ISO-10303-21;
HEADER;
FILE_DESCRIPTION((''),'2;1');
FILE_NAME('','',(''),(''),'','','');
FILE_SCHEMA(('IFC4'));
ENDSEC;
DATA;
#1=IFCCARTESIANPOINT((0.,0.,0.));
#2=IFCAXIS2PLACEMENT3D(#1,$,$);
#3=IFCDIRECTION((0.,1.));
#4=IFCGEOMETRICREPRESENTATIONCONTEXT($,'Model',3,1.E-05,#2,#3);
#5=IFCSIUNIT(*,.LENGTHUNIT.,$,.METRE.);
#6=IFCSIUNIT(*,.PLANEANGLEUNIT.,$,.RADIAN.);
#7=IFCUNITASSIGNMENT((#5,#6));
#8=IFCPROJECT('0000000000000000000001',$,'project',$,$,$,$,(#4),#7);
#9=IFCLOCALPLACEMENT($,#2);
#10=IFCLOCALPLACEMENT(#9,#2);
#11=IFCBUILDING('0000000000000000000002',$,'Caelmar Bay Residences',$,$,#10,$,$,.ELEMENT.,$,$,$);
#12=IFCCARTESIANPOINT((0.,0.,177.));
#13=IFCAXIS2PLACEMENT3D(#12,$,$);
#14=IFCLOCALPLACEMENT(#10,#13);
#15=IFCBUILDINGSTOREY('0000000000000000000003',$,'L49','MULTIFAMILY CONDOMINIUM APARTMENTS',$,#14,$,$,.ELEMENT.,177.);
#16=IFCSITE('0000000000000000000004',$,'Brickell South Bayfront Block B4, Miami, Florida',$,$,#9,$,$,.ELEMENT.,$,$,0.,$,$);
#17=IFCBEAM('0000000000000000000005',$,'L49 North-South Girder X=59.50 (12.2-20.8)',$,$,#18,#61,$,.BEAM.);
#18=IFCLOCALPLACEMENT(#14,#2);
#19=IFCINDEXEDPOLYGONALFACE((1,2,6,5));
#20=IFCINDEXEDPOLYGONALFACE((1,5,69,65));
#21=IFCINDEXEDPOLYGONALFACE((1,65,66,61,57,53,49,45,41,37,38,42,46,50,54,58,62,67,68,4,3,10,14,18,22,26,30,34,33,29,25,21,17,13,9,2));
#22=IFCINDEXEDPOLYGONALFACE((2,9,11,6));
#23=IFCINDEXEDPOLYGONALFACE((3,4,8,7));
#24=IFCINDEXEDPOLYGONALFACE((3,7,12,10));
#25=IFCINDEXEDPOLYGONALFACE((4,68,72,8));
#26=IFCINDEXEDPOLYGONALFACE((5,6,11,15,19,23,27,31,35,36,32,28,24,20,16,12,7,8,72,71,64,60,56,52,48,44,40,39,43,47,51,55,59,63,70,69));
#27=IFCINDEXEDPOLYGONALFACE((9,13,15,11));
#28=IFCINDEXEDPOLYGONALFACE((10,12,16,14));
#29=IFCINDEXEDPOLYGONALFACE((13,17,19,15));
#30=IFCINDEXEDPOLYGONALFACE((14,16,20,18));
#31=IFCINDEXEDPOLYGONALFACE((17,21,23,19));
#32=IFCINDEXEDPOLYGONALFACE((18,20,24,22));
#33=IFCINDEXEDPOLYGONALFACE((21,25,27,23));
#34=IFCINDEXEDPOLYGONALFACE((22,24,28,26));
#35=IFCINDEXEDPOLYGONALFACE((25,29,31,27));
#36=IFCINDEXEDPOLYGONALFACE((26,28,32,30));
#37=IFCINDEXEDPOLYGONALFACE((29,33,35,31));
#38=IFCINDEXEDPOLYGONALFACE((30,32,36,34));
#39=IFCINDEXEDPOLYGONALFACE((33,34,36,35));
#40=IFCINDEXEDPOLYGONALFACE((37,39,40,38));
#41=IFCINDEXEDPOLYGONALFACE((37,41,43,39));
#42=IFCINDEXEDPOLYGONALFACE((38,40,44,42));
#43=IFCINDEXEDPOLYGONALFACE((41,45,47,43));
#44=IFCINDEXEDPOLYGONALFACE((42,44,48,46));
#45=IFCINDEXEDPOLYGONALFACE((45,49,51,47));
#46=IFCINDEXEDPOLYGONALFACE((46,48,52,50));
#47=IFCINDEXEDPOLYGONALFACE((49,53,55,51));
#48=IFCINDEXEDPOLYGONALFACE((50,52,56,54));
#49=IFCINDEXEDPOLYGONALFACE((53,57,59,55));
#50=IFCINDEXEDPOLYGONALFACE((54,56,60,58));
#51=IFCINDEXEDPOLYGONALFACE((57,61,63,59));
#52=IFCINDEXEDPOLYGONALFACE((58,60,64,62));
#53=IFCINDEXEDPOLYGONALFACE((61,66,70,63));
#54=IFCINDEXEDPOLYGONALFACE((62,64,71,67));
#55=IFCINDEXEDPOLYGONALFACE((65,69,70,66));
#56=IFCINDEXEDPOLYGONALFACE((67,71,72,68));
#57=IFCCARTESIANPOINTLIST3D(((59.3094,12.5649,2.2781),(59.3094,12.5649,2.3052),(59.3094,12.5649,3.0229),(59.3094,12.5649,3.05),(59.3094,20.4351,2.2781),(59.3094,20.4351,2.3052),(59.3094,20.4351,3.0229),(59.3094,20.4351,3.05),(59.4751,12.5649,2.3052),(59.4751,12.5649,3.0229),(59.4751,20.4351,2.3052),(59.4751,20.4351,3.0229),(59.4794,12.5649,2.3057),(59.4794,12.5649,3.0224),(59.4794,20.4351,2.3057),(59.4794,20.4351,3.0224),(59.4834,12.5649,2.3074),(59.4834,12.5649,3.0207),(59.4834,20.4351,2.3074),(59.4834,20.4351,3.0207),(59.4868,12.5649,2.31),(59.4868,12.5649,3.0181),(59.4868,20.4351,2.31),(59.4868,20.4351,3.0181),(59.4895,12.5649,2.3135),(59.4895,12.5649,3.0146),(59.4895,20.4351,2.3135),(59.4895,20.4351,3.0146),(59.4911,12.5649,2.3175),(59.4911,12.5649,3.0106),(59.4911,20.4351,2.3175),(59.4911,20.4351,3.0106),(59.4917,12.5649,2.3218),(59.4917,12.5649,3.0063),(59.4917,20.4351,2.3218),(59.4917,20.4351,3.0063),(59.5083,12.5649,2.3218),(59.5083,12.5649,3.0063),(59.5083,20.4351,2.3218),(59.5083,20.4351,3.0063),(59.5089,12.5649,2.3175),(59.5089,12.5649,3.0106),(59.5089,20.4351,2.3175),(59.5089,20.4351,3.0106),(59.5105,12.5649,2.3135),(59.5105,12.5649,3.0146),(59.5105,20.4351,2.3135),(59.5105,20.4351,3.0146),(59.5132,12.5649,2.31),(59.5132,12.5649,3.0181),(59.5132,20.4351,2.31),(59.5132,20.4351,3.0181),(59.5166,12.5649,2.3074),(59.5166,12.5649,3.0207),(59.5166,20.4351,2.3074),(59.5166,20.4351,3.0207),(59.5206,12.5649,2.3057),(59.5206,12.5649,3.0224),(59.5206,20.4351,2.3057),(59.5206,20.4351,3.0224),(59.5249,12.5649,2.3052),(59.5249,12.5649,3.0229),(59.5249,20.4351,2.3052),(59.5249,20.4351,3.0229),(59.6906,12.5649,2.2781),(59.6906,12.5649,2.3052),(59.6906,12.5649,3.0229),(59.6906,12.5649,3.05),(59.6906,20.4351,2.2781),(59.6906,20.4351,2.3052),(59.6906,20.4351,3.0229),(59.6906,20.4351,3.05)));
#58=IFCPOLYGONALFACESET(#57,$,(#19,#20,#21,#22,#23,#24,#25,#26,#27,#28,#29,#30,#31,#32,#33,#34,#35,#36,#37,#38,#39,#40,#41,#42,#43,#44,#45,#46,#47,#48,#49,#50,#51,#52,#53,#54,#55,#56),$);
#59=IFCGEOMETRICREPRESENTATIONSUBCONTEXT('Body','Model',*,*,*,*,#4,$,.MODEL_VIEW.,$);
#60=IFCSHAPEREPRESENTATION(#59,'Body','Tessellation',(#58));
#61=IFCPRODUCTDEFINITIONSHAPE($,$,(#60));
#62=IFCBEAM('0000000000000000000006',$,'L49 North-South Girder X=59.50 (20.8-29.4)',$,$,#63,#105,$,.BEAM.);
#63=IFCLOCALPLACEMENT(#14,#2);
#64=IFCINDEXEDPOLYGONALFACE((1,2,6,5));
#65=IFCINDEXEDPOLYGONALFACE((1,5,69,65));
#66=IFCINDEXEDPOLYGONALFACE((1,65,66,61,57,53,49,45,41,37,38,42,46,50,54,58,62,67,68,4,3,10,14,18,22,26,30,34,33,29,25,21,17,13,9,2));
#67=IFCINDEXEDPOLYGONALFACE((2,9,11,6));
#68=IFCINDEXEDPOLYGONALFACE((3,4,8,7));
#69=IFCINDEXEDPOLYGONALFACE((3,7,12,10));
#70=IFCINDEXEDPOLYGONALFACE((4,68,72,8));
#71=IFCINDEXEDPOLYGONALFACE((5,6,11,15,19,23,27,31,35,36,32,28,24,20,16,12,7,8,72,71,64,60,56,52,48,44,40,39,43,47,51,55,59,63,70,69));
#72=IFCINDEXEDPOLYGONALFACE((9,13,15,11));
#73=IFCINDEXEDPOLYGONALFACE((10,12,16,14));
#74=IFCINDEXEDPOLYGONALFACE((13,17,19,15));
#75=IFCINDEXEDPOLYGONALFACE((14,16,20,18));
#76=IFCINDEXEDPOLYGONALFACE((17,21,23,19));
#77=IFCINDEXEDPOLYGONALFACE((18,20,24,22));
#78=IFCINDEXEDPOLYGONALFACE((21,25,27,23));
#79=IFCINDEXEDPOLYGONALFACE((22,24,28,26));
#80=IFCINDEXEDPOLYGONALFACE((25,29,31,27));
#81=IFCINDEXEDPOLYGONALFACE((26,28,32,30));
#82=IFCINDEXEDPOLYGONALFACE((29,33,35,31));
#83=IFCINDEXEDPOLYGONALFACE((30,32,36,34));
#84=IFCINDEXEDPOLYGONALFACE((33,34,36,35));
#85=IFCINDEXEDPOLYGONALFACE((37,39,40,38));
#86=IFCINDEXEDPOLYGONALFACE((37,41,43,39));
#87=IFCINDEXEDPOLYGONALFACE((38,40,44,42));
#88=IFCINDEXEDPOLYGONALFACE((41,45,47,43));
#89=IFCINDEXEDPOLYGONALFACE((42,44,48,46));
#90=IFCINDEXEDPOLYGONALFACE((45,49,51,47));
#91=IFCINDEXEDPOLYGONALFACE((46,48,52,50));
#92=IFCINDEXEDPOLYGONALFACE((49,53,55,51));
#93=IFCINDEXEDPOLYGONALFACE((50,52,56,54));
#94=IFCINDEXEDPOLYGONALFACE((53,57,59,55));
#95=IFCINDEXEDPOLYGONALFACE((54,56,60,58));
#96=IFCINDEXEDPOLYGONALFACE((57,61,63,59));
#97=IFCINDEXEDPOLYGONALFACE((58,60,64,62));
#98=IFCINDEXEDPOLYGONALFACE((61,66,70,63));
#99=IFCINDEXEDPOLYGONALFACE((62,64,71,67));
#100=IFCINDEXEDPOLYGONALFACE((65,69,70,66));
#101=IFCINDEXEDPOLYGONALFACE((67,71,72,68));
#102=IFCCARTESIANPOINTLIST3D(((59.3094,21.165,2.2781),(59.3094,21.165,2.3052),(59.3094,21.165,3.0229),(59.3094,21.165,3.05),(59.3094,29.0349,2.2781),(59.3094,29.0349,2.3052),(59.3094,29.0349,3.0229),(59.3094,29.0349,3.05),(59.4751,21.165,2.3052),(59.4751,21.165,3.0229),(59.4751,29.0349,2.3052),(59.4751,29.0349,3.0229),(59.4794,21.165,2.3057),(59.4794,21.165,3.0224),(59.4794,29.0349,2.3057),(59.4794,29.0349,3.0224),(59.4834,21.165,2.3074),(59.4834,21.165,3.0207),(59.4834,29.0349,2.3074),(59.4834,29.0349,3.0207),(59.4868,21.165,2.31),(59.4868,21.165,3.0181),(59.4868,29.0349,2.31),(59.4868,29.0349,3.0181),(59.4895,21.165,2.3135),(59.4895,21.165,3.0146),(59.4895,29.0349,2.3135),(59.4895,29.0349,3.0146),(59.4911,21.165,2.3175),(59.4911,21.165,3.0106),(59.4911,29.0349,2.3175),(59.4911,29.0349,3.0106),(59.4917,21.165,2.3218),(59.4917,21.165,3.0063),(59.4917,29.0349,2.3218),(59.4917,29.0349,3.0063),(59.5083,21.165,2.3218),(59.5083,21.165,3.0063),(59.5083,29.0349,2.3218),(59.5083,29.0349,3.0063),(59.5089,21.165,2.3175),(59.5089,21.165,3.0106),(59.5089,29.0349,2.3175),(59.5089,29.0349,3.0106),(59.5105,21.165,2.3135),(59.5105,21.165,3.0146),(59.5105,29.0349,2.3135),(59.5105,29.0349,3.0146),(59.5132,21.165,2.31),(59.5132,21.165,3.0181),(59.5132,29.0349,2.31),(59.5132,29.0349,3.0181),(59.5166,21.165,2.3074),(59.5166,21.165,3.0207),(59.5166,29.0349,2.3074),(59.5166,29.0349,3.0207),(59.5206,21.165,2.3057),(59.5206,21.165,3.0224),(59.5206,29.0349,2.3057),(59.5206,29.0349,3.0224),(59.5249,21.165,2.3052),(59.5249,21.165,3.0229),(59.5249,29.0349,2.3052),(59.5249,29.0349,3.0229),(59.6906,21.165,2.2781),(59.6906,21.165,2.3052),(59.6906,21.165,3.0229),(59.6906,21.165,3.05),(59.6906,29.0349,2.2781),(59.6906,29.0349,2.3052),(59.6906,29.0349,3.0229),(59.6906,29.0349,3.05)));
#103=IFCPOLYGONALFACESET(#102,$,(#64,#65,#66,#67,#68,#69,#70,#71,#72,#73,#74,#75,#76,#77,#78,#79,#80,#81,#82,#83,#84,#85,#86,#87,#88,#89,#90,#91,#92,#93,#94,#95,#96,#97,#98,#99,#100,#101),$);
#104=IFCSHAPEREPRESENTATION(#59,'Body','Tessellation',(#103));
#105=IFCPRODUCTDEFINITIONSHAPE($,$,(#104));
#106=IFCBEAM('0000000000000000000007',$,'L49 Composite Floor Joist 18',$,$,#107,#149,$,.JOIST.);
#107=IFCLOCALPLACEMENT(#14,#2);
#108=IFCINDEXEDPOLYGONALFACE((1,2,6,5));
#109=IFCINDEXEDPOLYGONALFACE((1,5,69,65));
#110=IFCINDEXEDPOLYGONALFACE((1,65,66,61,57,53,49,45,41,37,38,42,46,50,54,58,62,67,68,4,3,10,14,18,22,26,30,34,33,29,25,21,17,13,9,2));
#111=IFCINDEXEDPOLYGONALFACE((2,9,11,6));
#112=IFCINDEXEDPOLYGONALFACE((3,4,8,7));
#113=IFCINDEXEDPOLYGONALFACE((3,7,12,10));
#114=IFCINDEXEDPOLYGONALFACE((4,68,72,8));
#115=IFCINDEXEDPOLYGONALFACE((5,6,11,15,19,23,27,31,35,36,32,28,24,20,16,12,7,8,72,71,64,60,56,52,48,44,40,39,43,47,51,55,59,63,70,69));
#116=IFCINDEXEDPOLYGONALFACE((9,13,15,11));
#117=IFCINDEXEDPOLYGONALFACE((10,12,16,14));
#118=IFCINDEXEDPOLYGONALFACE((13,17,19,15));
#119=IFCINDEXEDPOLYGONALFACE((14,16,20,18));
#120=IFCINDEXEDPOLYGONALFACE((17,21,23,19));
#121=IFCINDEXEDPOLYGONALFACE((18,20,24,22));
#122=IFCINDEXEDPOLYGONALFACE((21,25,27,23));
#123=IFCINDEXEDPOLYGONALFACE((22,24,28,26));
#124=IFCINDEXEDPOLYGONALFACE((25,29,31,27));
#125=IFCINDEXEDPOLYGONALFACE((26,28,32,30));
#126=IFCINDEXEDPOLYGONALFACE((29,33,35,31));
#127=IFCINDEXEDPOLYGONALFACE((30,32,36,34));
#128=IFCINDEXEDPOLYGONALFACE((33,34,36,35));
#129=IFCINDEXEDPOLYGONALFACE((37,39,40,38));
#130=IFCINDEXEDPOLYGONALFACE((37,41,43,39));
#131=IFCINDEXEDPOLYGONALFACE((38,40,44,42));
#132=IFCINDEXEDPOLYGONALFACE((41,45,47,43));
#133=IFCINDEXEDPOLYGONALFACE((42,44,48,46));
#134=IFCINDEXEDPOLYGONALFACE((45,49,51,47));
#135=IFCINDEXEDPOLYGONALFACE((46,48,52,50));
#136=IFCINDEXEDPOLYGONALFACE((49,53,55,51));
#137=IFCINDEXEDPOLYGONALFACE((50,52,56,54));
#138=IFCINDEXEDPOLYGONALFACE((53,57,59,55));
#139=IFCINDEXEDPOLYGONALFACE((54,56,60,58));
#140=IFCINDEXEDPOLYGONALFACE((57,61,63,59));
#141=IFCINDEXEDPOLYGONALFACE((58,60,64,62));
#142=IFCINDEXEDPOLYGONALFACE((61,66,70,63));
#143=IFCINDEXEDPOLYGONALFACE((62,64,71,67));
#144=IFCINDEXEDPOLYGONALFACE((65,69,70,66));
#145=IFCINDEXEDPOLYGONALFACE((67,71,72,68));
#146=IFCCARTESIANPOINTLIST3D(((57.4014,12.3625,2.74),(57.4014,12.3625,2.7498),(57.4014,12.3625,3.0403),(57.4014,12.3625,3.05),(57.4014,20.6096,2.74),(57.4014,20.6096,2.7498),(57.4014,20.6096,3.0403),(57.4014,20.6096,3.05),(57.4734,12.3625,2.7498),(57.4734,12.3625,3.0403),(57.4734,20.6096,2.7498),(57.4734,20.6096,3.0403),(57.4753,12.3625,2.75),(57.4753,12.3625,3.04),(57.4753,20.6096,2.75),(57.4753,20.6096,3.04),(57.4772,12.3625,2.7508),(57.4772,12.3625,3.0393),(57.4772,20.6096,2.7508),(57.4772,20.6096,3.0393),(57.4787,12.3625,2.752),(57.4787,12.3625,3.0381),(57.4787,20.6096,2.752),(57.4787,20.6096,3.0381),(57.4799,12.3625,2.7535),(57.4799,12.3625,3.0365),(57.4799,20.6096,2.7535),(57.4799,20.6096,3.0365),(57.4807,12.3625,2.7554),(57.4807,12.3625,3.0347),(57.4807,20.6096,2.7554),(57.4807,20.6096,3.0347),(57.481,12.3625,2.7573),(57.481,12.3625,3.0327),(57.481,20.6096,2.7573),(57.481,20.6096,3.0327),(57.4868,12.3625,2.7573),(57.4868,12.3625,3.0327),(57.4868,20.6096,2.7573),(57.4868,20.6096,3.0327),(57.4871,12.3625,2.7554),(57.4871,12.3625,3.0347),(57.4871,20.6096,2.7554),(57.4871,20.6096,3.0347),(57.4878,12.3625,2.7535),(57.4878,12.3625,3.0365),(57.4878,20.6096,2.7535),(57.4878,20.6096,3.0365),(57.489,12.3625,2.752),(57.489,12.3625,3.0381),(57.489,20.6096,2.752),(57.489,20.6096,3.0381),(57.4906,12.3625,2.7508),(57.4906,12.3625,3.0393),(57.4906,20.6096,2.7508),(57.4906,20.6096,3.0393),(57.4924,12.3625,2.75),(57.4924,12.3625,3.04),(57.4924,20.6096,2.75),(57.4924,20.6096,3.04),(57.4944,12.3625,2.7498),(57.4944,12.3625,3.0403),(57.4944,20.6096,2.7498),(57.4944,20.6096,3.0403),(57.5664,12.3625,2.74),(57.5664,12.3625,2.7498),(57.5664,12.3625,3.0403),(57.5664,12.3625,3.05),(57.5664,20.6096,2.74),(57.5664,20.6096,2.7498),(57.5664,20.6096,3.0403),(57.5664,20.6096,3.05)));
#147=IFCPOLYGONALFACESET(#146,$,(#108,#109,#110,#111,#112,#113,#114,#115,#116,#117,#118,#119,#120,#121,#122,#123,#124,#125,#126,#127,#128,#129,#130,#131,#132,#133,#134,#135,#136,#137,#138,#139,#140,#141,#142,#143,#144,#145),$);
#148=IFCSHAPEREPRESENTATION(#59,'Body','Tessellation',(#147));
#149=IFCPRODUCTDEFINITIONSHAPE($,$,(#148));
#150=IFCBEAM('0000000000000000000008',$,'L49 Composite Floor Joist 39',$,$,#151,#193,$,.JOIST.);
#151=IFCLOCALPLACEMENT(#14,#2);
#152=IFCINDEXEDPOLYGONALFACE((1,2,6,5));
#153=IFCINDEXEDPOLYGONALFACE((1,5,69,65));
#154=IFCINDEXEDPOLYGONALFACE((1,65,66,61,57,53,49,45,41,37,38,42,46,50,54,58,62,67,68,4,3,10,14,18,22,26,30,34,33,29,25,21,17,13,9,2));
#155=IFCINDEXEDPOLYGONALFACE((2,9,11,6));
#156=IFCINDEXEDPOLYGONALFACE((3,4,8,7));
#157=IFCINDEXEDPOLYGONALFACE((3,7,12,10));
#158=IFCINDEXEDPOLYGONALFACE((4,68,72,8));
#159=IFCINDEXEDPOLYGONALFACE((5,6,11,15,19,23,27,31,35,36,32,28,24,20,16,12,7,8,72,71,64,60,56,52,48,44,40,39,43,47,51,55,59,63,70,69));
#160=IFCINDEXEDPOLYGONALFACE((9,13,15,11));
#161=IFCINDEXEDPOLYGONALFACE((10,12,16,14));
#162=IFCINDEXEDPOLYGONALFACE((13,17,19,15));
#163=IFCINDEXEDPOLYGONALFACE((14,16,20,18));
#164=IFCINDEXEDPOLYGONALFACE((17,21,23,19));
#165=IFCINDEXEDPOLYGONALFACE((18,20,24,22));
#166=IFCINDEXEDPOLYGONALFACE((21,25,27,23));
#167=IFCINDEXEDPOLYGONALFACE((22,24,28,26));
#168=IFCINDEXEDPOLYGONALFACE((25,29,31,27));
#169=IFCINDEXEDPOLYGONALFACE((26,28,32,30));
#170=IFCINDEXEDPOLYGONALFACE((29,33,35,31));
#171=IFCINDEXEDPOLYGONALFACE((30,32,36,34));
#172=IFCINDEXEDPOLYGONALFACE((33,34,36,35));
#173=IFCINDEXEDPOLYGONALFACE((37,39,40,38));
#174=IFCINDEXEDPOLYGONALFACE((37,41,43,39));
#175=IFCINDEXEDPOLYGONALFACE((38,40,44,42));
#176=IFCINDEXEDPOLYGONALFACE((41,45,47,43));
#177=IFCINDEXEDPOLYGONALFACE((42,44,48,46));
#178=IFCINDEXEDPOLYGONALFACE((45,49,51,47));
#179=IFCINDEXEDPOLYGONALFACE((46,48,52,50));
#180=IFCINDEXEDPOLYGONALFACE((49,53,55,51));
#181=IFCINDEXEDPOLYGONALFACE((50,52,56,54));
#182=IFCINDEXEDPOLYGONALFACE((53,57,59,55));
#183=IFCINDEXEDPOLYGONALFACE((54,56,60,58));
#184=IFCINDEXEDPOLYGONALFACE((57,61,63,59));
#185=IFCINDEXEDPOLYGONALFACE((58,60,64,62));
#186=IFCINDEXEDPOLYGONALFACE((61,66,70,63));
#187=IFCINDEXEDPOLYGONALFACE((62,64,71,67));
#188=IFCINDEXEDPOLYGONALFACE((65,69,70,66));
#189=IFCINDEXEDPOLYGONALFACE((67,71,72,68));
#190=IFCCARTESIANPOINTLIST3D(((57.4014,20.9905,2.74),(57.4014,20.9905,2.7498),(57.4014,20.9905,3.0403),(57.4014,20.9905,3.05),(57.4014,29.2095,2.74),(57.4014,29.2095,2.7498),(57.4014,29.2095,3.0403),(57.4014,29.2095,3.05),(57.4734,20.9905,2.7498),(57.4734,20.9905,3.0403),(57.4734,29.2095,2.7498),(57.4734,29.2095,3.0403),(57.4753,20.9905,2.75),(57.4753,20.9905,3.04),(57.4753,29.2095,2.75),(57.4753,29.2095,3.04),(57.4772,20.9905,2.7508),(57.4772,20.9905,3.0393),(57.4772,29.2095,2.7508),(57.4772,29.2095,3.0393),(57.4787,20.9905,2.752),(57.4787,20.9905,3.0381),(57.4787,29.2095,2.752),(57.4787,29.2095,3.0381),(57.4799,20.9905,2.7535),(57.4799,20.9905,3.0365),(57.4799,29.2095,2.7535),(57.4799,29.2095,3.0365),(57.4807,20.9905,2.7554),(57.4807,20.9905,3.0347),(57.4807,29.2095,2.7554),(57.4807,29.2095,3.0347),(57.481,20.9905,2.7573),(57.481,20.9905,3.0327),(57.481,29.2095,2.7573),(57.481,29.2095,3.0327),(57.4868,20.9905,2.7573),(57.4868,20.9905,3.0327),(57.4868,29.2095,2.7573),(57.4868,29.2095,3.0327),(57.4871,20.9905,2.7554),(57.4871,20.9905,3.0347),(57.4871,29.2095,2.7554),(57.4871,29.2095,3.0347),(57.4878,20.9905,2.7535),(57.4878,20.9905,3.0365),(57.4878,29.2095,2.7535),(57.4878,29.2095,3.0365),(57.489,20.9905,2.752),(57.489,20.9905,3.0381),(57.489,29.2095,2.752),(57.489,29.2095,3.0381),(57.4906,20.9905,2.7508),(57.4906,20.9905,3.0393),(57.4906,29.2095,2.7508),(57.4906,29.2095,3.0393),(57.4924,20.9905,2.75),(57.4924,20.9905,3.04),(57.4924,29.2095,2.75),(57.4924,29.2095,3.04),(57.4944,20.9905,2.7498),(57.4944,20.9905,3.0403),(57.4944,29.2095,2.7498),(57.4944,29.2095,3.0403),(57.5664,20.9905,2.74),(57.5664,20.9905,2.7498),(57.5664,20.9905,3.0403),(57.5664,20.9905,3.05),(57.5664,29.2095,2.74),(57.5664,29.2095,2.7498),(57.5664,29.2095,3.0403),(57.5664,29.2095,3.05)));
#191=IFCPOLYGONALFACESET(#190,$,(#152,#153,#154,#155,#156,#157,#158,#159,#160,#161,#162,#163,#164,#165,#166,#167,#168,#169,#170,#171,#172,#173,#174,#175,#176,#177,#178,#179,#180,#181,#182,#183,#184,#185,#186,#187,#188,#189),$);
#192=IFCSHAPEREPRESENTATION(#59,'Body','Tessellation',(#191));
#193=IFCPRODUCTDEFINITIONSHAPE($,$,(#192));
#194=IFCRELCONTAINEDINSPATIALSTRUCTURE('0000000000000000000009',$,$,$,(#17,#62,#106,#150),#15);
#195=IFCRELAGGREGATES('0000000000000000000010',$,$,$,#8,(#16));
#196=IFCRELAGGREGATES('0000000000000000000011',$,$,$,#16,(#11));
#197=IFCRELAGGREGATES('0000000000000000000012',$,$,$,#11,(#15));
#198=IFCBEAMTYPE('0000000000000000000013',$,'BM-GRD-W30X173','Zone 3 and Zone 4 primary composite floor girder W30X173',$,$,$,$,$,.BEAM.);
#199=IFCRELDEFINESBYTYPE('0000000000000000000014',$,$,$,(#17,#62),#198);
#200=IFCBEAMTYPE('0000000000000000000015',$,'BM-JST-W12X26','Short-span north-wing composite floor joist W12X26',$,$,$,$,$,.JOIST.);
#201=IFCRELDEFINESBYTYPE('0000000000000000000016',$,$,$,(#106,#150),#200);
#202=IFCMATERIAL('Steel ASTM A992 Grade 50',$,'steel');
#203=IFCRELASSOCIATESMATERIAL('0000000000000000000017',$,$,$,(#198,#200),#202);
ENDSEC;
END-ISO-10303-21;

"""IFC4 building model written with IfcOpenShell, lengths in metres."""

from ifc_helpers import new_model, si_unit, direction, frame, origin, origin_2d, place, context, subcontext, project, spatial, i_section, extrude, material, material_profile, profile_set, type_object, element, save


model = new_model("IFC4")

# Units and contexts
model_context = context("Model", 3, precision=1e-05, world=origin(), true_north=direction((0.0, 1.0)))
body_context = subcontext(model_context, "Body", "Model", "MODEL_VIEW")
ifc_project = project(units=[si_unit("LENGTHUNIT", "METRE"), si_unit("PLANEANGLEUNIT", "RADIAN")], contexts=[model_context])

# Site, building, storey
site_placement = place(None, origin())
site = spatial("IfcSite", under=ifc_project, at=site_placement, Name="Brickell South Bayfront Block B4, Miami, Florida", CompositionType="ELEMENT", RefElevation=0.0)
building_placement = place(site_placement, origin())
building = spatial("IfcBuilding", under=site, at=building_placement, Name="Caelmar Bay Residences", CompositionType="ELEMENT")
storey_placement = place(building_placement, frame((0.0, 0.0, 177.0)))
storey = spatial("IfcBuildingStorey", under=building, at=storey_placement, Name="L49", Description="MULTIFAMILY CONDOMINIUM APARTMENTS", CompositionType="ELEMENT", Elevation=177.0)

# Beams
ifc_material_1 = material(Name="Steel ASTM A992 Grade 50", Category="steel")
ifc_material_profile_1 = material_profile(ifc_material_1, i_section(OverallWidth=0.3811, OverallDepth=0.772, WebThickness=0.0166, FlangeThickness=0.0271, FilletRadius=0.0166, at=origin_2d()), Name="W30X173")
ifc_profile_set_1 = profile_set([ifc_material_profile_1], Name="Steel ASTM A992 Grade 50")
beam_type_1 = type_object("IfcBeamType", Name="BM-GRD-W30X173", Description="Zone 3 and Zone 4 primary composite floor girder W30X173", PredefinedType="BEAM", material=ifc_profile_set_1)
for number, where, z_axis, x_axis, name in (
    (1, (59.5, 12.5649, 2.6641), (0.0, 1.0, 0.0), (-1.0, 0.0, 0.0), "L49 North-South Girder X=59.50 (12.2-20.8)"),
):
    element("IfcBeam", number, at=place(storey_placement, frame(where, z_axis=z_axis, x_axis=x_axis)), inside=storey, type_object=beam_type_1, Name=name, PredefinedType="BEAM", context=body_context, shape_type="SweptSolid", body=[
        extrude(i_section(OverallWidth=0.3811, OverallDepth=0.772, WebThickness=0.0166, FlangeThickness=0.0271, FilletRadius=0.0166, at=origin_2d()), origin(), (0.0, 0.0, 1.0), 7.8701),
    ])
beam_1_placement = place(storey_placement, frame((59.5, 21.165, 2.6641), z_axis=(0.0, 1.0, 0.0), x_axis=(-1.0, 0.0, 0.0)))
element("IfcBeam", 2, at=beam_1_placement, inside=storey, type_object=beam_type_1, Name="L49 North-South Girder X=59.50 (20.8-29.4)", PredefinedType="BEAM", context=body_context, shape_type="SweptSolid", body=[
    extrude(i_section(OverallWidth=0.3811, OverallDepth=0.772, WebThickness=0.0166, FlangeThickness=0.0271, FilletRadius=0.0166, at=origin_2d()), origin(), (0.0, 0.0, 1.0), 7.8699),
])
ifc_material_profile_2 = material_profile(ifc_material_1, i_section(OverallWidth=0.165, OverallDepth=0.3101, WebThickness=0.0059, FlangeThickness=0.0098, FilletRadius=0.0076, at=origin_2d()), Name="W12X26")
ifc_profile_set_2 = profile_set([ifc_material_profile_2], Name="Steel ASTM A992 Grade 50")
beam_type_2 = type_object("IfcBeamType", Name="BM-JST-W12X26", Description="Short-span north-wing composite floor joist W12X26", PredefinedType="JOIST", material=ifc_profile_set_2)
beam_2_placement = place(storey_placement, frame((57.4839, 12.3625, 2.895), z_axis=(0.0, 1.0, 0.0), x_axis=(-1.0, 0.0, 0.0)))
element("IfcBeam", 3, at=beam_2_placement, inside=storey, type_object=beam_type_2, Name="L49 Composite Floor Joist 18", PredefinedType="JOIST", context=body_context, shape_type="SweptSolid", body=[
    extrude(i_section(OverallWidth=0.165, OverallDepth=0.3101, WebThickness=0.0059, FlangeThickness=0.0098, FilletRadius=0.0076, at=origin_2d()), origin(), (0.0, 0.0, 1.0), 8.2471),
])
beam_3_placement = place(storey_placement, frame((57.4839, 20.9905, 2.895), z_axis=(0.0, 1.0, 0.0), x_axis=(-1.0, 0.0, 0.0)))
element("IfcBeam", 4, at=beam_3_placement, inside=storey, type_object=beam_type_2, Name="L49 Composite Floor Joist 39", PredefinedType="JOIST", context=body_context, shape_type="SweptSolid", body=[
    extrude(i_section(OverallWidth=0.165, OverallDepth=0.3101, WebThickness=0.0059, FlangeThickness=0.0098, FilletRadius=0.0076, at=origin_2d()), origin(), (0.0, 0.0, 1.0), 8.219),
])

save(model, "model.ifc")
